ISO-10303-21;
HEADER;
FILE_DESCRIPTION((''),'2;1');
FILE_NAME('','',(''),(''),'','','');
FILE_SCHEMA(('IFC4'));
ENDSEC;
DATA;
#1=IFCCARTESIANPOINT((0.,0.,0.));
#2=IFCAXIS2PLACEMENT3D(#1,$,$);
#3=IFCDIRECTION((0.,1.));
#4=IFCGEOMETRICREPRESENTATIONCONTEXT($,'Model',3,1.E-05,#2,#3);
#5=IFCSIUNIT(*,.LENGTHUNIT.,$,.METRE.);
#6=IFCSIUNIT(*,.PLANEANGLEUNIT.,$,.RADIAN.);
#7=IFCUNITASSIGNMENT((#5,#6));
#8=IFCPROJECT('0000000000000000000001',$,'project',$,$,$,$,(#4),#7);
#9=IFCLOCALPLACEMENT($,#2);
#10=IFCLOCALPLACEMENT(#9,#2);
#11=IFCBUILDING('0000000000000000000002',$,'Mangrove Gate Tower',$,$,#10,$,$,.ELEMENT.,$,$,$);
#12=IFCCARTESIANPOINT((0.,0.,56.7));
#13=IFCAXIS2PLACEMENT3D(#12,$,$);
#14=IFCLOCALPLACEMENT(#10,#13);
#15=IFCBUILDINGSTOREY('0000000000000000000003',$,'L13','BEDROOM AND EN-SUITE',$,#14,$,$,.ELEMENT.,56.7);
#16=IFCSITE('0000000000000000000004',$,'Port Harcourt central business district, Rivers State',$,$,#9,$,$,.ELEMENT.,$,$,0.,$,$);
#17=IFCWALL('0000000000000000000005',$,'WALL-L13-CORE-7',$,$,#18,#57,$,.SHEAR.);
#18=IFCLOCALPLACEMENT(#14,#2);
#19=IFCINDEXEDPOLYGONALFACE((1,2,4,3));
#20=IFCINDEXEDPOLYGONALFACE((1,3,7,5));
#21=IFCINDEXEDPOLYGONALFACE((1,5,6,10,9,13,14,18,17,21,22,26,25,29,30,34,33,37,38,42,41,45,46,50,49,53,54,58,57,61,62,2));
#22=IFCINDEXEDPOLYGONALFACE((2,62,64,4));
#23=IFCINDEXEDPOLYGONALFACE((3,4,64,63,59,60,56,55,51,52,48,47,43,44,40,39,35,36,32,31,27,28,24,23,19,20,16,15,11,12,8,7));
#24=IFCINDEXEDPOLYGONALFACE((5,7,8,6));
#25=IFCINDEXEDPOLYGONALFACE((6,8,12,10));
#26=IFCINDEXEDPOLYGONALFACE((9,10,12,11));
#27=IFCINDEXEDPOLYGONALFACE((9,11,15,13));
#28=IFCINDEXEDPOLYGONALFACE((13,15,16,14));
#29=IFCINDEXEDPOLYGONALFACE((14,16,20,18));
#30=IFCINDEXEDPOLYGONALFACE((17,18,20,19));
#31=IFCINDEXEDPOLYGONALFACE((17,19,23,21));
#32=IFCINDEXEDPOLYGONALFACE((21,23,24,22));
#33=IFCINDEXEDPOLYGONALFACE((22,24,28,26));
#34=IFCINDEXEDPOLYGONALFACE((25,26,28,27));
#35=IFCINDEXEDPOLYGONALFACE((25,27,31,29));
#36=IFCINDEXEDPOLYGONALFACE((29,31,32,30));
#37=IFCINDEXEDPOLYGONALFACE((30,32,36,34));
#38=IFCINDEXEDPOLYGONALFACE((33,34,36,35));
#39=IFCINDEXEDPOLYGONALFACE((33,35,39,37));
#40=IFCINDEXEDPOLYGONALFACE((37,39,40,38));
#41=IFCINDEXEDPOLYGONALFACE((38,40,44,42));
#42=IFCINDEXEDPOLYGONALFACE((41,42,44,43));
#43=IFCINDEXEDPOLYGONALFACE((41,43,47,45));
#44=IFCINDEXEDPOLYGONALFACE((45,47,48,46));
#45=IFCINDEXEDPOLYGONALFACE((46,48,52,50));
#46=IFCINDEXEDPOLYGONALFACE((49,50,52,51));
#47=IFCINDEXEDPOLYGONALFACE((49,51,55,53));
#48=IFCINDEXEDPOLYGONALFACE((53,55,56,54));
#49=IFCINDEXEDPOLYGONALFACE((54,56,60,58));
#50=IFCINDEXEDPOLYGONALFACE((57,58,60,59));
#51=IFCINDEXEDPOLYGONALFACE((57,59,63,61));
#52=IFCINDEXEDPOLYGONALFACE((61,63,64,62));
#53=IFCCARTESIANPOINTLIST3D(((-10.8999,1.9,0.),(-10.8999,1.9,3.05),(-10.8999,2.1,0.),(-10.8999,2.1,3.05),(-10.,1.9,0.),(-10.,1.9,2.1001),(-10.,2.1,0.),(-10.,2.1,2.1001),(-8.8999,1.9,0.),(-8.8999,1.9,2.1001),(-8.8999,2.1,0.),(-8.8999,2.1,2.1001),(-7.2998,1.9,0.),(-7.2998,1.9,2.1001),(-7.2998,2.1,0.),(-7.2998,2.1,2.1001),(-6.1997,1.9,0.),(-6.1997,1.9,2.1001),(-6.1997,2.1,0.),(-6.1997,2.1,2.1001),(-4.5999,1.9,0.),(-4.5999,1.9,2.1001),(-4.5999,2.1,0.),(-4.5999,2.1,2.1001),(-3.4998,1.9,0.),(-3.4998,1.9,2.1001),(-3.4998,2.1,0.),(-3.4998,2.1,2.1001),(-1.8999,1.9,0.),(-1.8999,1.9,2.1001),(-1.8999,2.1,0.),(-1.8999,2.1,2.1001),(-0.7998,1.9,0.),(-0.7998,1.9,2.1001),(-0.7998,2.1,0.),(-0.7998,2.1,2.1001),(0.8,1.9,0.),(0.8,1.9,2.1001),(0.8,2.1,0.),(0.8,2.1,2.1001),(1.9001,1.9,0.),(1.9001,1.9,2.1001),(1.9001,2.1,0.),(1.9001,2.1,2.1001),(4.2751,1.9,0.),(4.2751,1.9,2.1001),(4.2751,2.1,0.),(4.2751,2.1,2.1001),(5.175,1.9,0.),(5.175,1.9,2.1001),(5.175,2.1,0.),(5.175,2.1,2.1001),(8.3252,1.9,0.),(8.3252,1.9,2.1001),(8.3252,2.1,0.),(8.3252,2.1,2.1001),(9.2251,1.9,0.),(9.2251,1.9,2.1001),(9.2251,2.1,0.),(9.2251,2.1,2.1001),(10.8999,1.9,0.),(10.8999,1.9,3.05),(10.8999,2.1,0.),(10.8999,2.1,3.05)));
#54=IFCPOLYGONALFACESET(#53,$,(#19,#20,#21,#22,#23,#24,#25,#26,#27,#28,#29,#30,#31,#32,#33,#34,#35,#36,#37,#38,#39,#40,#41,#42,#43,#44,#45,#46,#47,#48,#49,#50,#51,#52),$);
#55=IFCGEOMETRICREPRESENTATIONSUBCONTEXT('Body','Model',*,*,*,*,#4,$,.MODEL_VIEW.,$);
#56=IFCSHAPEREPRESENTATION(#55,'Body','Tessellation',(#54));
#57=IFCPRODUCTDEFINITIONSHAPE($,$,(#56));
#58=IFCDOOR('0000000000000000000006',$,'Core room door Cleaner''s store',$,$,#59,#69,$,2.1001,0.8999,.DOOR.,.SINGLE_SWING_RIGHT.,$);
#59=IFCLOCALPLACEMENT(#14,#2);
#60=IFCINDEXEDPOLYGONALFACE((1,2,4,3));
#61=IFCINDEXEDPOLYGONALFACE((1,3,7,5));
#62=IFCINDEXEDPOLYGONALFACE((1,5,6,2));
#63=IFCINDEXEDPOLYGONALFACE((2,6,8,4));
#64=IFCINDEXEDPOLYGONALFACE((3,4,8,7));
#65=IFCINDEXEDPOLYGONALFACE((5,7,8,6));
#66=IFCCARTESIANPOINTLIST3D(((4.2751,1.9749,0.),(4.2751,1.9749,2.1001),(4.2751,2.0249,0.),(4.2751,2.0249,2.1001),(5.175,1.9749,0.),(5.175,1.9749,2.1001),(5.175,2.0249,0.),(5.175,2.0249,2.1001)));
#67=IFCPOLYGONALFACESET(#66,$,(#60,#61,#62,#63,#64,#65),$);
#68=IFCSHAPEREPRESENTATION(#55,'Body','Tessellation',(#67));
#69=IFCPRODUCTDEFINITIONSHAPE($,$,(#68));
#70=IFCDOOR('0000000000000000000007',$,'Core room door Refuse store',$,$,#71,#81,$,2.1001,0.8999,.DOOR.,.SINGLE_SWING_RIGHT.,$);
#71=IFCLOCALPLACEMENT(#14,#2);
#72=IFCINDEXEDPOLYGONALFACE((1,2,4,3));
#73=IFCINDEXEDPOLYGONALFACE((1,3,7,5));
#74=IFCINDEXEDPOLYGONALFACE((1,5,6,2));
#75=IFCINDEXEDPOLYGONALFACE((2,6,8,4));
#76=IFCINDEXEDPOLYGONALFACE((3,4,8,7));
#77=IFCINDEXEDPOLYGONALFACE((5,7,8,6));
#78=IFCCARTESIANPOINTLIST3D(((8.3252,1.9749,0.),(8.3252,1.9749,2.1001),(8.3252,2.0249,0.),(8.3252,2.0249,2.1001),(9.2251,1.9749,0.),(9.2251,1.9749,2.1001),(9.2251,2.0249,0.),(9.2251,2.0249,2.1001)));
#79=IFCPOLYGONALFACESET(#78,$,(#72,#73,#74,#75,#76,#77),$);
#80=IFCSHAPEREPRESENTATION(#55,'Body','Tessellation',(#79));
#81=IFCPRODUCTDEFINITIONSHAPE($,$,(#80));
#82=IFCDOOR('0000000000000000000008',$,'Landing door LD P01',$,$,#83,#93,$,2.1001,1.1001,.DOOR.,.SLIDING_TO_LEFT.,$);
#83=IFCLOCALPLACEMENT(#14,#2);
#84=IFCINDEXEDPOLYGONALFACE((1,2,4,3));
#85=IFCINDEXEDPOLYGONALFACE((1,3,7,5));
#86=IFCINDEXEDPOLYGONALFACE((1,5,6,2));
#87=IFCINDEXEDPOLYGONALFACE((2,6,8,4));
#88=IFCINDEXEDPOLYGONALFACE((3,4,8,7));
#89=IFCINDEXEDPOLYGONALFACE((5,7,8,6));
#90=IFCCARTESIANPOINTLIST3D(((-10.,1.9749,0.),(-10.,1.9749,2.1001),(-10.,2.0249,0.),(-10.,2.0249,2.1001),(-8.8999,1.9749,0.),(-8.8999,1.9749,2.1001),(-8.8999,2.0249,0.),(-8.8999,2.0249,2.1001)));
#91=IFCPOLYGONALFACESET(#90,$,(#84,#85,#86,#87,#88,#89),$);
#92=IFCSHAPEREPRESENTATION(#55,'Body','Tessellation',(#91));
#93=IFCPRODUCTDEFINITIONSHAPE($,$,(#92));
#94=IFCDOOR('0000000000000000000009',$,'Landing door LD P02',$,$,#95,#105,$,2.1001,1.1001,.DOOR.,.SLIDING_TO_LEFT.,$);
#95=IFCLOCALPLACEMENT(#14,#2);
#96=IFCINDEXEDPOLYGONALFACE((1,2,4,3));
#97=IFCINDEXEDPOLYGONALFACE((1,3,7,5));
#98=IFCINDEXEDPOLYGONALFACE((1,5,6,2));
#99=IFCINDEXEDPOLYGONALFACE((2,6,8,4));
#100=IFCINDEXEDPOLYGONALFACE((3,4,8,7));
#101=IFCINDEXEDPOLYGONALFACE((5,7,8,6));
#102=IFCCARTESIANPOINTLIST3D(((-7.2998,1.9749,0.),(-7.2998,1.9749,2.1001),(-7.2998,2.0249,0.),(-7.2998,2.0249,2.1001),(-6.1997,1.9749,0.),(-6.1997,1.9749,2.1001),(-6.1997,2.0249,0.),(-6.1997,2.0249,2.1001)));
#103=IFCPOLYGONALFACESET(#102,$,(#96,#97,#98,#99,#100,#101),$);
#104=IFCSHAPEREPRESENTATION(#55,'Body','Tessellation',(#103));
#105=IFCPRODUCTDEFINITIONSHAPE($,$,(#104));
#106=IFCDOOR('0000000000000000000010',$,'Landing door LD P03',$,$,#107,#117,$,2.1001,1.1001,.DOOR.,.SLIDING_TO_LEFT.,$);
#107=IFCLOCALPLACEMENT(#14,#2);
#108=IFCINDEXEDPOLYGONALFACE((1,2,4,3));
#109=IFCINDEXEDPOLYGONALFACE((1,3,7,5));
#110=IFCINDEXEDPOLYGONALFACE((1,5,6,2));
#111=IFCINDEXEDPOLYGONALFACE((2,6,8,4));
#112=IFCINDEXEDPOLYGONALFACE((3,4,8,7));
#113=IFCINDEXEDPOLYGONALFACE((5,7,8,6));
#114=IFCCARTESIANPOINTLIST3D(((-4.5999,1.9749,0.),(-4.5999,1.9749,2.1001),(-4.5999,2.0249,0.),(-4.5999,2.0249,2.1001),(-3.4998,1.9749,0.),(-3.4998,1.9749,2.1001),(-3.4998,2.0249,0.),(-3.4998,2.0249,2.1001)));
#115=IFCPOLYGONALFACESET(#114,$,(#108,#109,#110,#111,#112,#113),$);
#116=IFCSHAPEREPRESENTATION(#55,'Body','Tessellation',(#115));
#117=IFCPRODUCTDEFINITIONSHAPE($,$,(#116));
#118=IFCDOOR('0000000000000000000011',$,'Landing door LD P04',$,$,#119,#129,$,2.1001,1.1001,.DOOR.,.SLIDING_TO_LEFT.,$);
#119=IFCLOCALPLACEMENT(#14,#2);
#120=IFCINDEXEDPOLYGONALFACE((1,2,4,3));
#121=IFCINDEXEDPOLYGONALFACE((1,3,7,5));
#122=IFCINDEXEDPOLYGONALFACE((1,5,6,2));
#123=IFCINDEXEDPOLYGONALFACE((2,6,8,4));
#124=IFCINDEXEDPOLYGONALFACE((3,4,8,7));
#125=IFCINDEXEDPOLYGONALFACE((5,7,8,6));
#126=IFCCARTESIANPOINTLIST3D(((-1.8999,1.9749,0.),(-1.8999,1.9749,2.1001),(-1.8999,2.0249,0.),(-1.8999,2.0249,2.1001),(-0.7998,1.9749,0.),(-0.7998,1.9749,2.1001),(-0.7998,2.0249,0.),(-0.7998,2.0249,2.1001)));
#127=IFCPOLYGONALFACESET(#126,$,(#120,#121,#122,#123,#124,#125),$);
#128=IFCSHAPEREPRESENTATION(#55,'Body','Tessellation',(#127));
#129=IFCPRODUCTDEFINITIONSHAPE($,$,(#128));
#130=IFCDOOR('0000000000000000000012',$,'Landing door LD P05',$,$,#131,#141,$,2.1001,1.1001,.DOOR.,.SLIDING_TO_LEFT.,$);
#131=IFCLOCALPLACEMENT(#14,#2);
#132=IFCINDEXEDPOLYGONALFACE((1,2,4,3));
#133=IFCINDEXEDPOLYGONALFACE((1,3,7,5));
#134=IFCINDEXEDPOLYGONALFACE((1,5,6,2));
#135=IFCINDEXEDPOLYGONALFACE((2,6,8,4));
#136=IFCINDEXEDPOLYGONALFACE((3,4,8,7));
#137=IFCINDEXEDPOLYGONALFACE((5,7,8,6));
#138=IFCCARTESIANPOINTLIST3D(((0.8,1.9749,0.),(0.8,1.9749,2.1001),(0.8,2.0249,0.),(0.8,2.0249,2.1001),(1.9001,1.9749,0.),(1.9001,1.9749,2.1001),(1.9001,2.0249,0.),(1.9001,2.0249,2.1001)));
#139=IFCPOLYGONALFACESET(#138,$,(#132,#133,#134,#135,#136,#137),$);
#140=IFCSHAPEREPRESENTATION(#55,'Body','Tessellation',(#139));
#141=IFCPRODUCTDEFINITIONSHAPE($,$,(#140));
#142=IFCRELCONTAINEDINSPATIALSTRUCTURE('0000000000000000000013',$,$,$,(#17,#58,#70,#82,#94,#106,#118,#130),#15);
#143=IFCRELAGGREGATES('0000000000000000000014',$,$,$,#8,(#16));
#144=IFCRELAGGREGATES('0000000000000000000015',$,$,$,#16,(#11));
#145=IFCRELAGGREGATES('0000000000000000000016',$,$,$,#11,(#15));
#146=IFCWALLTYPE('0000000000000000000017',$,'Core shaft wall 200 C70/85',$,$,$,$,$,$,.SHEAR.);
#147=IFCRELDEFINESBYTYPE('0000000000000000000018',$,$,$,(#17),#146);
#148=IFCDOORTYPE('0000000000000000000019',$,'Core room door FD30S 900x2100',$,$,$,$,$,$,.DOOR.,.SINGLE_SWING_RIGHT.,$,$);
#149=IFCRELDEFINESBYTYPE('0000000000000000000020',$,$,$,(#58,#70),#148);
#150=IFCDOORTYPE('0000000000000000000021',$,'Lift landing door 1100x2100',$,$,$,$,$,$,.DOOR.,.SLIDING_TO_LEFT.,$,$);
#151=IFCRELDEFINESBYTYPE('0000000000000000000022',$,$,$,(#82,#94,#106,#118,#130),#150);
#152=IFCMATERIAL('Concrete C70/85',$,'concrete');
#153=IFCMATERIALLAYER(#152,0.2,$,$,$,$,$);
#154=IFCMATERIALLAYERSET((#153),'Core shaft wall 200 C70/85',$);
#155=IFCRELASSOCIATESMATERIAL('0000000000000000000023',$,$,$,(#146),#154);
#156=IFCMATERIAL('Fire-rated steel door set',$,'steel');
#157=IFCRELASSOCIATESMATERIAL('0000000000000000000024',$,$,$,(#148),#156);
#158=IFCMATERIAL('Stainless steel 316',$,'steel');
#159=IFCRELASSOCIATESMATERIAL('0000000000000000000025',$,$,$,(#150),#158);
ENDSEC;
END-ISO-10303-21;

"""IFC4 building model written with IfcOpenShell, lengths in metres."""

from ifc_helpers import new_model, si_unit, direction, frame, frame_2d, origin, place, context, subcontext, project, spatial, rectangle, extrude, material, layer, layer_set, type_object, element, fill, save


model = new_model("IFC4")

# Units and contexts
model_context = context("Model", 3, precision=1e-05, world=origin(), true_north=direction((0.0, 1.0)))
body_context = subcontext(model_context, "Body", "Model", "MODEL_VIEW")
ifc_project = project(units=[si_unit("LENGTHUNIT", "METRE"), si_unit("PLANEANGLEUNIT", "RADIAN")], contexts=[model_context])

# Site, building, storey
site_placement = place(None, origin())
site = spatial("IfcSite", under=ifc_project, at=site_placement, Name="Port Harcourt central business district, Rivers State", CompositionType="ELEMENT", RefElevation=0.0)
building_placement = place(site_placement, origin())
building = spatial("IfcBuilding", under=site, at=building_placement, Name="Mangrove Gate Tower", CompositionType="ELEMENT")
storey_placement = place(building_placement, frame((0.0, 0.0, 56.7)))
storey = spatial("IfcBuildingStorey", under=building, at=storey_placement, Name="L13", Description="BEDROOM AND EN-SUITE", CompositionType="ELEMENT", Elevation=56.7)

# Shared definitions
ifc_material_1 = material(Name="Concrete C70/85", Category="concrete")
ifc_layer_1 = layer(ifc_material_1, 0.2)
ifc_layer_set_1 = layer_set([ifc_layer_1], Name="Core shaft wall 200 C70/85")
wall_type_1 = type_object("IfcWallType", Name="Core shaft wall 200 C70/85", PredefinedType="SHEAR", material=ifc_layer_set_1)

# Wall, openings, doors
wall_1_placement = place(storey_placement, frame((-10.8999, 2.0, 0.0), z_axis=(0.0, 0.0, 1.0), x_axis=(1.0, 0.0, 0.0)))
wall_1 = element("IfcWall", 1, at=wall_1_placement, inside=storey, type_object=wall_type_1, Name="WALL-L13-CORE-7", PredefinedType="SHEAR", context=body_context, shape_type="SweptSolid", body=[
    extrude(rectangle(XDim=21.7998, YDim=0.2, at=frame_2d((10.8999, 0.0))), origin(), (0.0, 0.0, 1.0), 3.05),
])
opening_1_placement = place(wall_1_placement, frame((0.8999, 0.0, 0.0)))
opening_1 = element("IfcOpeningElement", 2, at=opening_1_placement, cuts=wall_1, PredefinedType="OPENING", context=body_context, shape_type="SweptSolid", body=[
    extrude(rectangle(XDim=1.1001, YDim=2.1001, at=frame_2d((0.55, 1.05))), frame((0.0, 0.1099, 0.0), z_axis=(0.0, -1.0, 0.0), x_axis=(1.0, 0.0, 0.0)), (0.0, 0.0, 1.0), 0.22),
])
opening_2_placement = place(wall_1_placement, frame((3.6001, 0.0, 0.0)))
opening_2 = element("IfcOpeningElement", 3, at=opening_2_placement, cuts=wall_1, PredefinedType="OPENING", context=body_context, shape_type="SweptSolid", body=[
    extrude(rectangle(XDim=1.1001, YDim=2.1001, at=frame_2d((0.55, 1.05))), frame((0.0, 0.1099, 0.0), z_axis=(0.0, -1.0, 0.0), x_axis=(1.0, 0.0, 0.0)), (0.0, 0.0, 1.0), 0.22),
])
opening_3_placement = place(wall_1_placement, frame((6.3, 0.0, 0.0)))
opening_3 = element("IfcOpeningElement", 4, at=opening_3_placement, cuts=wall_1, PredefinedType="OPENING", context=body_context, shape_type="SweptSolid", body=[
    extrude(rectangle(XDim=1.1001, YDim=2.1001, at=frame_2d((0.55, 1.05))), frame((0.0, 0.1099, 0.0), z_axis=(0.0, -1.0, 0.0), x_axis=(1.0, 0.0, 0.0)), (0.0, 0.0, 1.0), 0.22),
])
opening_4_placement = place(wall_1_placement, frame((9.0, 0.0, 0.0)))
opening_4 = element("IfcOpeningElement", 5, at=opening_4_placement, cuts=wall_1, PredefinedType="OPENING", context=body_context, shape_type="SweptSolid", body=[
    extrude(rectangle(XDim=1.1001, YDim=2.1001, at=frame_2d((0.55, 1.05))), frame((0.0, 0.1099, 0.0), z_axis=(0.0, -1.0, 0.0), x_axis=(1.0, 0.0, 0.0)), (0.0, 0.0, 1.0), 0.22),
])
opening_5_placement = place(wall_1_placement, frame((11.7, 0.0, 0.0)))
opening_5 = element("IfcOpeningElement", 6, at=opening_5_placement, cuts=wall_1, PredefinedType="OPENING", context=body_context, shape_type="SweptSolid", body=[
    extrude(rectangle(XDim=1.1001, YDim=2.1001, at=frame_2d((0.55, 1.05))), frame((0.0, 0.1099, 0.0), z_axis=(0.0, -1.0, 0.0), x_axis=(1.0, 0.0, 0.0)), (0.0, 0.0, 1.0), 0.22),
])
opening_6_placement = place(wall_1_placement, frame((15.175, 0.0, 0.0)))
opening_6 = element("IfcOpeningElement", 7, at=opening_6_placement, cuts=wall_1, PredefinedType="OPENING", context=body_context, shape_type="SweptSolid", body=[
    extrude(rectangle(XDim=0.8999, YDim=2.1001, at=frame_2d((0.45, 1.05))), frame((0.0, 0.1099, 0.0), z_axis=(0.0, -1.0, 0.0), x_axis=(1.0, 0.0, 0.0)), (0.0, 0.0, 1.0), 0.22),
])
opening_7_placement = place(wall_1_placement, frame((19.2251, 0.0, 0.0)))
opening_7 = element("IfcOpeningElement", 8, at=opening_7_placement, cuts=wall_1, PredefinedType="OPENING", context=body_context, shape_type="SweptSolid", body=[
    extrude(rectangle(XDim=0.8999, YDim=2.1001, at=frame_2d((0.45, 1.05))), frame((0.0, 0.1099, 0.0), z_axis=(0.0, -1.0, 0.0), x_axis=(1.0, 0.0, 0.0)), (0.0, 0.0, 1.0), 0.22),
])
ifc_material_2 = material(Name="Fire-rated steel door set", Category="steel")
door_type_1 = type_object("IfcDoorType", Name="Core room door FD30S 900x2100", OperationType="SINGLE_SWING_RIGHT", PredefinedType="DOOR", material=ifc_material_2)
door_1_placement = place(opening_6_placement, origin())
door_1 = element("IfcDoor", 9, at=door_1_placement, inside=storey, type_object=door_type_1, Name="Core room door Cleaner's store", OperationType="SINGLE_SWING_RIGHT", OverallHeight=2.1001, OverallWidth=0.8999, PredefinedType="DOOR", context=body_context, shape_type="SweptSolid", body=[
    extrude(rectangle(XDim=0.8999, YDim=2.1001, at=frame_2d((0.45, 1.05))), frame((0.0, 0.0249, 0.0), z_axis=(0.0, -1.0, 0.0), x_axis=(1.0, 0.0, 0.0)), (0.0, 0.0, 1.0), 0.05),
])
fill(opening_6, door_1)
door_2_placement = place(opening_7_placement, origin())
door_2 = element("IfcDoor", 10, at=door_2_placement, inside=storey, type_object=door_type_1, Name="Core room door Refuse store", OperationType="SINGLE_SWING_RIGHT", OverallHeight=2.1001, OverallWidth=0.8999, PredefinedType="DOOR", context=body_context, shape_type="SweptSolid", body=[
    extrude(rectangle(XDim=0.8999, YDim=2.1001, at=frame_2d((0.45, 1.05))), frame((0.0, 0.0249, 0.0), z_axis=(0.0, -1.0, 0.0), x_axis=(1.0, 0.0, 0.0)), (0.0, 0.0, 1.0), 0.05),
])
fill(opening_7, door_2)
ifc_material_3 = material(Name="Stainless steel 316", Category="steel")
door_type_2 = type_object("IfcDoorType", Name="Lift landing door 1100x2100", OperationType="SLIDING_TO_LEFT", PredefinedType="DOOR", material=ifc_material_3)
door_3_placement = place(opening_1_placement, origin())
door_3 = element("IfcDoor", 11, at=door_3_placement, inside=storey, type_object=door_type_2, Name="Landing door LD P01", OperationType="SLIDING_TO_LEFT", OverallHeight=2.1001, OverallWidth=1.1001, PredefinedType="DOOR", context=body_context, shape_type="SweptSolid", body=[
    extrude(rectangle(XDim=1.1001, YDim=2.1001, at=frame_2d((0.55, 1.05))), frame((0.0, 0.0249, 0.0), z_axis=(0.0, -1.0, 0.0), x_axis=(1.0, 0.0, 0.0)), (0.0, 0.0, 1.0), 0.05),
])
fill(opening_1, door_3)
door_4_placement = place(opening_2_placement, origin())
door_4 = element("IfcDoor", 12, at=door_4_placement, inside=storey, type_object=door_type_2, Name="Landing door LD P02", OperationType="SLIDING_TO_LEFT", OverallHeight=2.1001, OverallWidth=1.1001, PredefinedType="DOOR", context=body_context, shape_type="SweptSolid", body=[
    extrude(rectangle(XDim=1.1001, YDim=2.1001, at=frame_2d((0.55, 1.05))), frame((0.0, 0.0249, 0.0), z_axis=(0.0, -1.0, 0.0), x_axis=(1.0, 0.0, 0.0)), (0.0, 0.0, 1.0), 0.05),
])
fill(opening_2, door_4)
door_5_placement = place(opening_3_placement, origin())
door_5 = element("IfcDoor", 13, at=door_5_placement, inside=storey, type_object=door_type_2, Name="Landing door LD P03", OperationType="SLIDING_TO_LEFT", OverallHeight=2.1001, OverallWidth=1.1001, PredefinedType="DOOR", context=body_context, shape_type="SweptSolid", body=[
    extrude(rectangle(XDim=1.1001, YDim=2.1001, at=frame_2d((0.55, 1.05))), frame((0.0, 0.0249, 0.0), z_axis=(0.0, -1.0, 0.0), x_axis=(1.0, 0.0, 0.0)), (0.0, 0.0, 1.0), 0.05),
])
fill(opening_3, door_5)
door_6_placement = place(opening_4_placement, origin())
door_6 = element("IfcDoor", 14, at=door_6_placement, inside=storey, type_object=door_type_2, Name="Landing door LD P04", OperationType="SLIDING_TO_LEFT", OverallHeight=2.1001, OverallWidth=1.1001, PredefinedType="DOOR", context=body_context, shape_type="SweptSolid", body=[
    extrude(rectangle(XDim=1.1001, YDim=2.1001, at=frame_2d((0.55, 1.05))), frame((0.0, 0.0249, 0.0), z_axis=(0.0, -1.0, 0.0), x_axis=(1.0, 0.0, 0.0)), (0.0, 0.0, 1.0), 0.05),
])
fill(opening_4, door_6)
door_7_placement = place(opening_5_placement, origin())
door_7 = element("IfcDoor", 15, at=door_7_placement, inside=storey, type_object=door_type_2, Name="Landing door LD P05", OperationType="SLIDING_TO_LEFT", OverallHeight=2.1001, OverallWidth=1.1001, PredefinedType="DOOR", context=body_context, shape_type="SweptSolid", body=[
    extrude(rectangle(XDim=1.1001, YDim=2.1001, at=frame_2d((0.55, 1.05))), frame((0.0, 0.0249, 0.0), z_axis=(0.0, -1.0, 0.0), x_axis=(1.0, 0.0, 0.0)), (0.0, 0.0, 1.0), 0.05),
])
fill(opening_5, door_7)

save(model, "model.ifc")
